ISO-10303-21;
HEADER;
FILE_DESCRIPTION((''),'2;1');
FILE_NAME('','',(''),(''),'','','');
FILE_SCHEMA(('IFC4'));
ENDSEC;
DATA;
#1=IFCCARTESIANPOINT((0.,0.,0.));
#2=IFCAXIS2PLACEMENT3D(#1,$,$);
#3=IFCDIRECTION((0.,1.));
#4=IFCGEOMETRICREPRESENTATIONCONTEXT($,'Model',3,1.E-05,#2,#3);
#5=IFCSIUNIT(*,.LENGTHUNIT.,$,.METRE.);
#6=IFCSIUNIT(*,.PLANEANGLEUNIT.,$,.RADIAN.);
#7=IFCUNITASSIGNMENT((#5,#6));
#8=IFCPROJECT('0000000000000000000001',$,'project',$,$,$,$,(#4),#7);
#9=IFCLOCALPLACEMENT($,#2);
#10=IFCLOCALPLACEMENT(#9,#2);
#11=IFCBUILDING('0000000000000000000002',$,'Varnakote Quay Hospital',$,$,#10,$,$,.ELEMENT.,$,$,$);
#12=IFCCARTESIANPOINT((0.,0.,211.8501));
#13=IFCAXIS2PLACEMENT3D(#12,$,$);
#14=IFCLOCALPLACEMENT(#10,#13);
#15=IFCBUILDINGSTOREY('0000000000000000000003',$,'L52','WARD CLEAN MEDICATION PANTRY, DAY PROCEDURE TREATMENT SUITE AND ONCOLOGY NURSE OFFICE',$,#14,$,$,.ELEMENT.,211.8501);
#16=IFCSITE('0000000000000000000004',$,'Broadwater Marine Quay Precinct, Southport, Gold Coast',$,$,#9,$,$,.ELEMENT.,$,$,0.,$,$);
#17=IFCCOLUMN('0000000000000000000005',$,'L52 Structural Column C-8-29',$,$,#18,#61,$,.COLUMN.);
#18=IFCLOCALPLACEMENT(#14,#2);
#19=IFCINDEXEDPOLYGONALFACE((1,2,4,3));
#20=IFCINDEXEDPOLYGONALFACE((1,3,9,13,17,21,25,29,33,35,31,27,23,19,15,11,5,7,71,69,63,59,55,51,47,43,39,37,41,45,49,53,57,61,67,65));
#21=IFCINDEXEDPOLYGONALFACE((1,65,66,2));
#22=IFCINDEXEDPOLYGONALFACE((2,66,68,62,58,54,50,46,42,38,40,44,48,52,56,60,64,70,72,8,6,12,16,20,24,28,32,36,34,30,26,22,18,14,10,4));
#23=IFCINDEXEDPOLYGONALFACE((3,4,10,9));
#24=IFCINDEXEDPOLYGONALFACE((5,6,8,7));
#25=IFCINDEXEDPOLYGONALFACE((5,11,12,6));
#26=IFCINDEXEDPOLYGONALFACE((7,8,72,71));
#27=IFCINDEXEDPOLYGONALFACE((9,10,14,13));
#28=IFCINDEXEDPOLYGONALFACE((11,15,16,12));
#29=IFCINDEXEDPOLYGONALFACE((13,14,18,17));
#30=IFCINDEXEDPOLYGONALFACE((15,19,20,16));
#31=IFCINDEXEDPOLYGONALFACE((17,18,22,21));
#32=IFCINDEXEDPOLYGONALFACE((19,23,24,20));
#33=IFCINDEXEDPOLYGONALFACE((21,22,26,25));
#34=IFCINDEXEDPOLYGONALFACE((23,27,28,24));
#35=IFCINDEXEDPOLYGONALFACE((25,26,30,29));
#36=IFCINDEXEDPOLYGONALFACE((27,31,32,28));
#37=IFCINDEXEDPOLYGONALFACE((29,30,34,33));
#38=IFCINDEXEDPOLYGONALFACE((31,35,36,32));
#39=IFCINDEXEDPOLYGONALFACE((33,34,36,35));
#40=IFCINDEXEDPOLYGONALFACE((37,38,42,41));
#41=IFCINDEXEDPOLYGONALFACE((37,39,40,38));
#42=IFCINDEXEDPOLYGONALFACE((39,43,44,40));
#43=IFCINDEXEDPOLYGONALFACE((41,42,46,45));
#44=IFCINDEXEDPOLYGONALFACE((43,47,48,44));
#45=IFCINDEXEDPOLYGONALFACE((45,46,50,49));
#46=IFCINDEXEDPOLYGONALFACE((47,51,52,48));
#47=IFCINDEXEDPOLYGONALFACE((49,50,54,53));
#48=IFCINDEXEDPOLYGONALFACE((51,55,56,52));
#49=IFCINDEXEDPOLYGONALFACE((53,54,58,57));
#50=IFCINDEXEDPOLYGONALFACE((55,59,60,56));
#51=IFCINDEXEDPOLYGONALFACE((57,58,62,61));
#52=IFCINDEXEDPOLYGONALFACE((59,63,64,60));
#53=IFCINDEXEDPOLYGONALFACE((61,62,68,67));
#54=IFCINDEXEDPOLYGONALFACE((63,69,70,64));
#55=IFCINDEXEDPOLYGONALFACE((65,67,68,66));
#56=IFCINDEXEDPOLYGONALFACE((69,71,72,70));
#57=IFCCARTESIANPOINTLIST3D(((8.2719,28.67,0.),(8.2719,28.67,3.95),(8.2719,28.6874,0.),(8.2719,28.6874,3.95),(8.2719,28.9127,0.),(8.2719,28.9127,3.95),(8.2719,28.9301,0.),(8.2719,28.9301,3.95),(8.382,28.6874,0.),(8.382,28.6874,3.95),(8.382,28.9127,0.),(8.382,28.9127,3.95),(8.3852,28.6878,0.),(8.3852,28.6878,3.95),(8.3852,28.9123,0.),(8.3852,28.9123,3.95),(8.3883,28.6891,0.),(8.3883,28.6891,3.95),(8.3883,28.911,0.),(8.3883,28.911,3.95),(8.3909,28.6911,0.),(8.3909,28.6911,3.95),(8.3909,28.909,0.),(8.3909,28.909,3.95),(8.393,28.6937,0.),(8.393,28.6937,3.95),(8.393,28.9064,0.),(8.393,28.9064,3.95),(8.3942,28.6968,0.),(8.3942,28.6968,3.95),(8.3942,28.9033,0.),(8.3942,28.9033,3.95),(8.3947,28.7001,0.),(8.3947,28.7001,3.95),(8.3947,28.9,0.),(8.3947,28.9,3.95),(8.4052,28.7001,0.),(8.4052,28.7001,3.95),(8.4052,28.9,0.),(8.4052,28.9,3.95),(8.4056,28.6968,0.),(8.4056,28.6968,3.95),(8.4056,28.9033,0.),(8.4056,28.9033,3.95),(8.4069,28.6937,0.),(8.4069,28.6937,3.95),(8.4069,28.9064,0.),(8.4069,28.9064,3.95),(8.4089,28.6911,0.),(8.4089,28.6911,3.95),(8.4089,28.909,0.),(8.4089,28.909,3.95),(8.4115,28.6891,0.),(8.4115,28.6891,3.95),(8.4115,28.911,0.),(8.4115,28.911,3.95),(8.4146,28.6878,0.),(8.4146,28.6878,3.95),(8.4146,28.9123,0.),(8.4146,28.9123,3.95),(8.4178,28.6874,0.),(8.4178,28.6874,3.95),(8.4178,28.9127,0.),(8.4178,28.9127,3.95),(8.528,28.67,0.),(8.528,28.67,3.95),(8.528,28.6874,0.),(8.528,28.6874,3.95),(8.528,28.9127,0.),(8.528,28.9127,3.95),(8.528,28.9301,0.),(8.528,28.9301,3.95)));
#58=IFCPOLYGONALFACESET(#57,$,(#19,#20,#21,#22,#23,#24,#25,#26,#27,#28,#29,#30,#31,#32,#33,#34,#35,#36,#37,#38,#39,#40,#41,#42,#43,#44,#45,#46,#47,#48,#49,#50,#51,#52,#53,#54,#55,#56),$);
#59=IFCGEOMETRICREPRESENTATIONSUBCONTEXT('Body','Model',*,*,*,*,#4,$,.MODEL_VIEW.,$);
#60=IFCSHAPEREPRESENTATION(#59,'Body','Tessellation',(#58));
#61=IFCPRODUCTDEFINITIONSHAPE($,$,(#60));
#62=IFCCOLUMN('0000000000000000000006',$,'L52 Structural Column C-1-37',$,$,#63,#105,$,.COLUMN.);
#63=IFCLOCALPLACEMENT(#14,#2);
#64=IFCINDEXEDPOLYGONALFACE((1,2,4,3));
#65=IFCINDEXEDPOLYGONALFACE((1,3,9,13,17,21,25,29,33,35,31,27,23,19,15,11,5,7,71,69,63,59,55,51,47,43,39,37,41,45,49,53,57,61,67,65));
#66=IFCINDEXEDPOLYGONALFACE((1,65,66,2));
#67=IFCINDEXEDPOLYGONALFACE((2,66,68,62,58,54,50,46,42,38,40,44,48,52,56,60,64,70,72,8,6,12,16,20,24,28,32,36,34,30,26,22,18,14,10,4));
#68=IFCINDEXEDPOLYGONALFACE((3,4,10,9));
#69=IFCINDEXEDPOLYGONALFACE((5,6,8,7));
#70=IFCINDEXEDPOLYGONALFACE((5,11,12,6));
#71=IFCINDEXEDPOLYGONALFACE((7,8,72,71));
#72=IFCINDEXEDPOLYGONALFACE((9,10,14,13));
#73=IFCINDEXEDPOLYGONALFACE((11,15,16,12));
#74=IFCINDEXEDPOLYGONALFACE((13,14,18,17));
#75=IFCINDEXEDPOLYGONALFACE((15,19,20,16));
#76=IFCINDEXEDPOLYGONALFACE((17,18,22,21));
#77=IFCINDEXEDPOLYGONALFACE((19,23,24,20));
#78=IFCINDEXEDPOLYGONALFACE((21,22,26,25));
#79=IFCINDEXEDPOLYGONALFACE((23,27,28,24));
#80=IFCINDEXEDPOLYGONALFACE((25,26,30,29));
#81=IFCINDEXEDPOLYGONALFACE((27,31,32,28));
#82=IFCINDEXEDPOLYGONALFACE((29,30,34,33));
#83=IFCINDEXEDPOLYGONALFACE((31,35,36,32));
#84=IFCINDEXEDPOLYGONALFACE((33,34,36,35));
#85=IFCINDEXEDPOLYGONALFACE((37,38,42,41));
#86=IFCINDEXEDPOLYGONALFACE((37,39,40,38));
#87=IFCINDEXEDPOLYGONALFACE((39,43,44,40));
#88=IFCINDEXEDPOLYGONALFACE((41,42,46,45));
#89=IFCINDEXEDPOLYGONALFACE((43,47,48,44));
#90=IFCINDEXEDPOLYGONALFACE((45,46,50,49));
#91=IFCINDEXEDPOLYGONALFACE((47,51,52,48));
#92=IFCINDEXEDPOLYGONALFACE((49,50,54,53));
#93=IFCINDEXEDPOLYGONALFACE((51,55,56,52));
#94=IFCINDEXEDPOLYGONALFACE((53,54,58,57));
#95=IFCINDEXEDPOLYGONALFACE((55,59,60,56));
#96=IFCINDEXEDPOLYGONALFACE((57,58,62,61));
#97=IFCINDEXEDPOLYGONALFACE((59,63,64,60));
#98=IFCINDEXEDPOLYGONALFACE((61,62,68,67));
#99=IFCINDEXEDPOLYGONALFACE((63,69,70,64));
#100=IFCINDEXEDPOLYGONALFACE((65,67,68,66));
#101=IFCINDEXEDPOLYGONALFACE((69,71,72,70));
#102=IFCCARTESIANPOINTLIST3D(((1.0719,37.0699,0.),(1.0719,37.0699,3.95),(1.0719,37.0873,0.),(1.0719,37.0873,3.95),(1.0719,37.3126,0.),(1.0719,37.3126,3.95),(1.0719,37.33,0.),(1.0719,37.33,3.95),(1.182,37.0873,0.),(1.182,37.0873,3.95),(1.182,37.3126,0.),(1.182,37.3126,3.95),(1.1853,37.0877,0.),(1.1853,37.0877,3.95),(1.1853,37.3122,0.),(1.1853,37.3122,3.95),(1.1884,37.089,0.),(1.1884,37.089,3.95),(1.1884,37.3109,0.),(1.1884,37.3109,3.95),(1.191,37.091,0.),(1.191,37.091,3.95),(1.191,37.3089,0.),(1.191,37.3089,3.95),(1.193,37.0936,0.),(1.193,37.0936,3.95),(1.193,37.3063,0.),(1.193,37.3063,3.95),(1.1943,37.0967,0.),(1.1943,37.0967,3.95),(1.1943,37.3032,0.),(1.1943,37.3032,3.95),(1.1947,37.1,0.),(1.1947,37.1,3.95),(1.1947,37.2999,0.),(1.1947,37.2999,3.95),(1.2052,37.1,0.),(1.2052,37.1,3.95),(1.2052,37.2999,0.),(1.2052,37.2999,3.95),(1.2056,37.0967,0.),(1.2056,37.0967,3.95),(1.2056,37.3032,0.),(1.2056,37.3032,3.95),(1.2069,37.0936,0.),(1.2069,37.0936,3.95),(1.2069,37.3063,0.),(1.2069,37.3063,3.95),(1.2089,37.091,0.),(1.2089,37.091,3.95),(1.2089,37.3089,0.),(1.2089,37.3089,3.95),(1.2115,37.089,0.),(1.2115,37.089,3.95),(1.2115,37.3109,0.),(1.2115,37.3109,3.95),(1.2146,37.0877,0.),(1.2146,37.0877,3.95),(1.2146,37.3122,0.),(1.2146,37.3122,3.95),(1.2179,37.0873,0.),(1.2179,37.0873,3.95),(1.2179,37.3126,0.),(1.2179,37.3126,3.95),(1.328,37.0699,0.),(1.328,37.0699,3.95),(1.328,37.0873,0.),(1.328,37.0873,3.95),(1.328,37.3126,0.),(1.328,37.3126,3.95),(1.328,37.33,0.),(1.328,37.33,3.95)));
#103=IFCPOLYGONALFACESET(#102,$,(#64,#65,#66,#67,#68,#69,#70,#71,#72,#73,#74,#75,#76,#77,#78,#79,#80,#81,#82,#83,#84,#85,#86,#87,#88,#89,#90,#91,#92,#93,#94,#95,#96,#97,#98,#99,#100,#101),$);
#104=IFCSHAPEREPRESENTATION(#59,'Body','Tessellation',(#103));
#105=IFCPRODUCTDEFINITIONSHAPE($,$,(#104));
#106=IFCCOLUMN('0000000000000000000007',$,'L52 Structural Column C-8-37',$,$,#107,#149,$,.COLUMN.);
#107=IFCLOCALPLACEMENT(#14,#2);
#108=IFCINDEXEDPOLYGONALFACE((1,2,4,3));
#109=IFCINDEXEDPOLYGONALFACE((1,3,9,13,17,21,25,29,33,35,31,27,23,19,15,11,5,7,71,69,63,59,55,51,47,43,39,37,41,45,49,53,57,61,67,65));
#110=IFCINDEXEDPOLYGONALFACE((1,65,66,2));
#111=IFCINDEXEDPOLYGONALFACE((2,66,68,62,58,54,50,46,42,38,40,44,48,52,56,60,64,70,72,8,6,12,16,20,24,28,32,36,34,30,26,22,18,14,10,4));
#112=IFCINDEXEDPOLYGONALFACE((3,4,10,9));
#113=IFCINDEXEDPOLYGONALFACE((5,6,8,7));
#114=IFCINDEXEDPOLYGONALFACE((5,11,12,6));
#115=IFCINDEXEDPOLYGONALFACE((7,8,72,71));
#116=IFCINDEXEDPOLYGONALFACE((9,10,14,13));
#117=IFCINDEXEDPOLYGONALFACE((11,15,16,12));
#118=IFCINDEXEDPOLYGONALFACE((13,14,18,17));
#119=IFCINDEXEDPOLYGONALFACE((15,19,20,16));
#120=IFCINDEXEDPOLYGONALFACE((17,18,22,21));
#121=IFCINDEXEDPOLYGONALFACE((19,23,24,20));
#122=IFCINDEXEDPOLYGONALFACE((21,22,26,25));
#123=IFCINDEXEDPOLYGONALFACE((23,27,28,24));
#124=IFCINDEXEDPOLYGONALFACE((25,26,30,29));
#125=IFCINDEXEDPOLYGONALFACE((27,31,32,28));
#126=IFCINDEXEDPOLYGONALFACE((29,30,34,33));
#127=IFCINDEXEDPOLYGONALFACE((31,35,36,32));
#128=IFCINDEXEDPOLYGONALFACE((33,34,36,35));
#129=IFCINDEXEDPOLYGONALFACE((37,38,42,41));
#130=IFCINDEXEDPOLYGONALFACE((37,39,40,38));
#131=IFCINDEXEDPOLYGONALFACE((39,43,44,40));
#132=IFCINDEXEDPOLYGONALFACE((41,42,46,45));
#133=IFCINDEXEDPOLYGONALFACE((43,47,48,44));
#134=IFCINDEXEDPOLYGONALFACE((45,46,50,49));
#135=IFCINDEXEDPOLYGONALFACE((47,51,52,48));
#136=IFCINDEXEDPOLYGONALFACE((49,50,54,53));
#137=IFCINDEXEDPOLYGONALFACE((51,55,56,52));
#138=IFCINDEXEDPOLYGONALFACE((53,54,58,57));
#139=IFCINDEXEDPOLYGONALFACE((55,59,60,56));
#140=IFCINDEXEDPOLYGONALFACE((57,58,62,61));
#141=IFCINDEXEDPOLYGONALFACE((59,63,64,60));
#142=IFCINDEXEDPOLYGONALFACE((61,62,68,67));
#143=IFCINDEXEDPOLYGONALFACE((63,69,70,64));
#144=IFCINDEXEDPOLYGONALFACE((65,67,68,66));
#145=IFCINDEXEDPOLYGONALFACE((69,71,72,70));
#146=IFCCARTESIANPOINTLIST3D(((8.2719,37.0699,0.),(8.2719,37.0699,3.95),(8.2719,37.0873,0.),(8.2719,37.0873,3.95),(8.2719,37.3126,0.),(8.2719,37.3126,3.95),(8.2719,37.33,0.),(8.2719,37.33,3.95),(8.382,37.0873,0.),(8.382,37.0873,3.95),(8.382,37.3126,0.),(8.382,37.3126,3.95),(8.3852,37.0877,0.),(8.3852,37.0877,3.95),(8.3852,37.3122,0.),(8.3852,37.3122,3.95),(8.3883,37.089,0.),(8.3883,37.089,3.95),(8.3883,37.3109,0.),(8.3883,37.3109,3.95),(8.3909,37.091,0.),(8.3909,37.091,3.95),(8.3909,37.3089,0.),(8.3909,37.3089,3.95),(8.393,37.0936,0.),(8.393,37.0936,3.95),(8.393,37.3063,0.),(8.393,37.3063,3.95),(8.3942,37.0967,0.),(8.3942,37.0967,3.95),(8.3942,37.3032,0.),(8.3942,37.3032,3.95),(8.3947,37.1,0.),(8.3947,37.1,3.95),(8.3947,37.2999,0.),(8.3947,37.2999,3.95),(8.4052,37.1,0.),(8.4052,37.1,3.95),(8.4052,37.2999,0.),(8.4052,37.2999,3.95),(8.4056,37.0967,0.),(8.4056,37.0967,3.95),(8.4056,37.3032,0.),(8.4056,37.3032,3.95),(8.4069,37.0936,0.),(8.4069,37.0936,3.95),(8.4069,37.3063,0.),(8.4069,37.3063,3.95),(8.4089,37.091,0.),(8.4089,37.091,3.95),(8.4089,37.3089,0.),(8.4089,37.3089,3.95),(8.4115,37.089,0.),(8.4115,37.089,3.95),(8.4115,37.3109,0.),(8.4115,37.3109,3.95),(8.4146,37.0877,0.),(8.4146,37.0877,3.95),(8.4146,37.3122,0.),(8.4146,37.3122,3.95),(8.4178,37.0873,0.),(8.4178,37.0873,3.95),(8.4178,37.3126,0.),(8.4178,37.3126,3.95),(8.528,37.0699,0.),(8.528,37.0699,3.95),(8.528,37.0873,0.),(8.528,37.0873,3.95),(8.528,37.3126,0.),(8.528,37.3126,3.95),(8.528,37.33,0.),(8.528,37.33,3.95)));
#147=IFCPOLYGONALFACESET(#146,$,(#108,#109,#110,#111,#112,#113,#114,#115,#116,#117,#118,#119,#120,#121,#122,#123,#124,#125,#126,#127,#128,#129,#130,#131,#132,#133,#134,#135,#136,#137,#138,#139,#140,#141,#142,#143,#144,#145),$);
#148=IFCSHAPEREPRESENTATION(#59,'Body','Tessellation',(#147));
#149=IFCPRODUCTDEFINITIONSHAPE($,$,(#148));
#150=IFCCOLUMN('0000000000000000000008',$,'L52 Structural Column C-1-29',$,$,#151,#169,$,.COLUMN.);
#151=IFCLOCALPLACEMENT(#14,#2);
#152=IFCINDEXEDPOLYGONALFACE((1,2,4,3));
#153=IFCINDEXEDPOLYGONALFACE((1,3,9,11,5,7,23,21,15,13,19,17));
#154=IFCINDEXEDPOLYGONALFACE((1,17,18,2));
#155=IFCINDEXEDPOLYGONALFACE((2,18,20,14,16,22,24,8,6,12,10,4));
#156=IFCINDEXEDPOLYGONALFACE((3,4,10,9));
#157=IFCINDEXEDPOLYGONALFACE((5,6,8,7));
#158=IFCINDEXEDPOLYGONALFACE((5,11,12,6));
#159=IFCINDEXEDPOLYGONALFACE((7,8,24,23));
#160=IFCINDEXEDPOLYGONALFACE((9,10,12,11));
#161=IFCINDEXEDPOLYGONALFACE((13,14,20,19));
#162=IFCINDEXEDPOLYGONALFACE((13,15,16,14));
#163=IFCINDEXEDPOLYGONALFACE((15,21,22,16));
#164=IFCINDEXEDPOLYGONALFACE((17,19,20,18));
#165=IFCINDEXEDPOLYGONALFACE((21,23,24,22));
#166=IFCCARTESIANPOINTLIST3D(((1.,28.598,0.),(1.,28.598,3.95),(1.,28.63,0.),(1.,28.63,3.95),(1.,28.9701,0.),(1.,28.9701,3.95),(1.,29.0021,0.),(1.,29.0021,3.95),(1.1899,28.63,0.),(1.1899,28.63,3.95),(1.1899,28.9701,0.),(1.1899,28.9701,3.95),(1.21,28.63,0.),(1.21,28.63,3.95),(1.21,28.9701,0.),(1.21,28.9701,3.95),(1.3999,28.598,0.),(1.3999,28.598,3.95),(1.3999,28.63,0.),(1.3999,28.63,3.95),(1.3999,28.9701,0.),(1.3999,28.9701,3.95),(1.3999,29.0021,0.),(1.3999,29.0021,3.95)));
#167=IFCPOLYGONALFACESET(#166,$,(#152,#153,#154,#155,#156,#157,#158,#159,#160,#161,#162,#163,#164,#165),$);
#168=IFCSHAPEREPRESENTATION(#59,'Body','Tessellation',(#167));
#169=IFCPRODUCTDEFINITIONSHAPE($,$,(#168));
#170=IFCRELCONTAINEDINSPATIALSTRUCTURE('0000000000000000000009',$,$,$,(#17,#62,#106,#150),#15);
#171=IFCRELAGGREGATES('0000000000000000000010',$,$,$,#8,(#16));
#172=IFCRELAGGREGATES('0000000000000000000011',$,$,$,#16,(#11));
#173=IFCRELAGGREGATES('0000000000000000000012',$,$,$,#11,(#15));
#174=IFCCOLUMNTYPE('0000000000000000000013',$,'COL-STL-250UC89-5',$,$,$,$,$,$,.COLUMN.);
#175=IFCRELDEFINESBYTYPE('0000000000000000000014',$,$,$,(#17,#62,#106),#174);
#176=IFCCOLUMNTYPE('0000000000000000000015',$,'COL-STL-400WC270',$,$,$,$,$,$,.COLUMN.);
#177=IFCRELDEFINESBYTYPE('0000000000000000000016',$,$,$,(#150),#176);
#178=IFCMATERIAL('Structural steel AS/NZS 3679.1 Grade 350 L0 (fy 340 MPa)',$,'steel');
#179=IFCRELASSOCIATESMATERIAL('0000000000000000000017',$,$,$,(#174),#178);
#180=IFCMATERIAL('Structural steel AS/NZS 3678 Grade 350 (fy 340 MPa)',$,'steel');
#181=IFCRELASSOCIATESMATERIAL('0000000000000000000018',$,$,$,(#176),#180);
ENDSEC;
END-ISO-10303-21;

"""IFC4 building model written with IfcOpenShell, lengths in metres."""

from ifc_helpers import new_model, si_unit, direction, frame, origin, origin_2d, place, context, subcontext, project, spatial, i_section, extrude, material, material_profile, profile_set, type_object, element, save


model = new_model("IFC4")

# Units and contexts
model_context = context("Model", 3, precision=1e-05, world=origin(), true_north=direction((0.0, 1.0)))
body_context = subcontext(model_context, "Body", "Model", "MODEL_VIEW")
ifc_project = project(units=[si_unit("LENGTHUNIT", "METRE"), si_unit("PLANEANGLEUNIT", "RADIAN")], contexts=[model_context])

# Site, building, storey
site_placement = place(None, origin())
site = spatial("IfcSite", under=ifc_project, at=site_placement, Name="Broadwater Marine Quay Precinct, Southport, Gold Coast", CompositionType="ELEMENT", RefElevation=0.0)
building_placement = place(site_placement, origin())
building = spatial("IfcBuilding", under=site, at=building_placement, Name="Varnakote Quay Hospital", CompositionType="ELEMENT")
storey_placement = place(building_placement, frame((0.0, 0.0, 211.8501)))
storey = spatial("IfcBuildingStorey", under=building, at=storey_placement, Name="L52", Description="WARD CLEAN MEDICATION PANTRY, DAY PROCEDURE TREATMENT SUITE AND ONCOLOGY NURSE OFFICE", CompositionType="ELEMENT", Elevation=211.8501)

# Columns
ifc_material_1 = material(Name="Structural steel AS/NZS 3679.1 Grade 350 L0 (fy 340 MPa)", Category="steel")
ifc_material_profile_1 = material_profile(ifc_material_1, i_section(OverallWidth=0.2561, OverallDepth=0.26, WebThickness=0.0105, FlangeThickness=0.0173, FilletRadius=0.0127, at=origin_2d()), Name="250UC89.5")
ifc_profile_set_1 = profile_set([ifc_material_profile_1], Name="Structural steel AS/NZS 3679.1 Grade 350 L0 (fy 340 MPa)")
column_type_1 = type_object("IfcColumnType", Name="COL-STL-250UC89-5", PredefinedType="COLUMN", material=ifc_profile_set_1)
for number, where, z_axis, x_axis, name in (
    (1, (8.3999, 28.8, 0.0), (0.0, 0.0, 1.0), (1.0, 0.0, 0.0), "L52 Structural Column C-8-29"),
    (2, (1.2, 37.2, 0.0), (0.0, 0.0, 1.0), (1.0, 0.0, 0.0), "L52 Structural Column C-1-37"),
    (3, (8.3999, 37.2, 0.0), (0.0, 0.0, 1.0), (1.0, 0.0, 0.0), "L52 Structural Column C-8-37"),
):
    element("IfcColumn", number, at=place(storey_placement, frame(where, z_axis=z_axis, x_axis=x_axis)), inside=storey, type_object=column_type_1, Name=name, PredefinedType="COLUMN", context=body_context, shape_type="SweptSolid", body=[
        extrude(i_section(OverallWidth=0.2561, OverallDepth=0.26, WebThickness=0.0105, FlangeThickness=0.0173, FilletRadius=0.0127, at=origin_2d()), origin(), (0.0, 0.0, 1.0), 3.95),
    ])
ifc_material_2 = material(Name="Structural steel AS/NZS 3678 Grade 350 (fy 340 MPa)", Category="steel")
ifc_material_profile_2 = material_profile(ifc_material_2, i_section(OverallWidth=0.3999, OverallDepth=0.4041, WebThickness=0.02, FlangeThickness=0.032, at=origin_2d()), Name="400WC270")
ifc_profile_set_2 = profile_set([ifc_material_profile_2], Name="Structural steel AS/NZS 3678 Grade 350 (fy 340 MPa)")
column_type_2 = type_object("IfcColumnType", Name="COL-STL-400WC270", PredefinedType="COLUMN", material=ifc_profile_set_2)
column_placement = place(storey_placement, frame((1.2, 28.8, 0.0), z_axis=(0.0, 0.0, 1.0), x_axis=(1.0, 0.0, 0.0)))
element("IfcColumn", 4, at=column_placement, inside=storey, type_object=column_type_2, Name="L52 Structural Column C-1-29", PredefinedType="COLUMN", context=body_context, shape_type="SweptSolid", body=[
    extrude(i_section(OverallWidth=0.3999, OverallDepth=0.4041, WebThickness=0.02, FlangeThickness=0.032, at=origin_2d()), origin(), (0.0, 0.0, 1.0), 3.95),
])

save(model, "model.ifc")
